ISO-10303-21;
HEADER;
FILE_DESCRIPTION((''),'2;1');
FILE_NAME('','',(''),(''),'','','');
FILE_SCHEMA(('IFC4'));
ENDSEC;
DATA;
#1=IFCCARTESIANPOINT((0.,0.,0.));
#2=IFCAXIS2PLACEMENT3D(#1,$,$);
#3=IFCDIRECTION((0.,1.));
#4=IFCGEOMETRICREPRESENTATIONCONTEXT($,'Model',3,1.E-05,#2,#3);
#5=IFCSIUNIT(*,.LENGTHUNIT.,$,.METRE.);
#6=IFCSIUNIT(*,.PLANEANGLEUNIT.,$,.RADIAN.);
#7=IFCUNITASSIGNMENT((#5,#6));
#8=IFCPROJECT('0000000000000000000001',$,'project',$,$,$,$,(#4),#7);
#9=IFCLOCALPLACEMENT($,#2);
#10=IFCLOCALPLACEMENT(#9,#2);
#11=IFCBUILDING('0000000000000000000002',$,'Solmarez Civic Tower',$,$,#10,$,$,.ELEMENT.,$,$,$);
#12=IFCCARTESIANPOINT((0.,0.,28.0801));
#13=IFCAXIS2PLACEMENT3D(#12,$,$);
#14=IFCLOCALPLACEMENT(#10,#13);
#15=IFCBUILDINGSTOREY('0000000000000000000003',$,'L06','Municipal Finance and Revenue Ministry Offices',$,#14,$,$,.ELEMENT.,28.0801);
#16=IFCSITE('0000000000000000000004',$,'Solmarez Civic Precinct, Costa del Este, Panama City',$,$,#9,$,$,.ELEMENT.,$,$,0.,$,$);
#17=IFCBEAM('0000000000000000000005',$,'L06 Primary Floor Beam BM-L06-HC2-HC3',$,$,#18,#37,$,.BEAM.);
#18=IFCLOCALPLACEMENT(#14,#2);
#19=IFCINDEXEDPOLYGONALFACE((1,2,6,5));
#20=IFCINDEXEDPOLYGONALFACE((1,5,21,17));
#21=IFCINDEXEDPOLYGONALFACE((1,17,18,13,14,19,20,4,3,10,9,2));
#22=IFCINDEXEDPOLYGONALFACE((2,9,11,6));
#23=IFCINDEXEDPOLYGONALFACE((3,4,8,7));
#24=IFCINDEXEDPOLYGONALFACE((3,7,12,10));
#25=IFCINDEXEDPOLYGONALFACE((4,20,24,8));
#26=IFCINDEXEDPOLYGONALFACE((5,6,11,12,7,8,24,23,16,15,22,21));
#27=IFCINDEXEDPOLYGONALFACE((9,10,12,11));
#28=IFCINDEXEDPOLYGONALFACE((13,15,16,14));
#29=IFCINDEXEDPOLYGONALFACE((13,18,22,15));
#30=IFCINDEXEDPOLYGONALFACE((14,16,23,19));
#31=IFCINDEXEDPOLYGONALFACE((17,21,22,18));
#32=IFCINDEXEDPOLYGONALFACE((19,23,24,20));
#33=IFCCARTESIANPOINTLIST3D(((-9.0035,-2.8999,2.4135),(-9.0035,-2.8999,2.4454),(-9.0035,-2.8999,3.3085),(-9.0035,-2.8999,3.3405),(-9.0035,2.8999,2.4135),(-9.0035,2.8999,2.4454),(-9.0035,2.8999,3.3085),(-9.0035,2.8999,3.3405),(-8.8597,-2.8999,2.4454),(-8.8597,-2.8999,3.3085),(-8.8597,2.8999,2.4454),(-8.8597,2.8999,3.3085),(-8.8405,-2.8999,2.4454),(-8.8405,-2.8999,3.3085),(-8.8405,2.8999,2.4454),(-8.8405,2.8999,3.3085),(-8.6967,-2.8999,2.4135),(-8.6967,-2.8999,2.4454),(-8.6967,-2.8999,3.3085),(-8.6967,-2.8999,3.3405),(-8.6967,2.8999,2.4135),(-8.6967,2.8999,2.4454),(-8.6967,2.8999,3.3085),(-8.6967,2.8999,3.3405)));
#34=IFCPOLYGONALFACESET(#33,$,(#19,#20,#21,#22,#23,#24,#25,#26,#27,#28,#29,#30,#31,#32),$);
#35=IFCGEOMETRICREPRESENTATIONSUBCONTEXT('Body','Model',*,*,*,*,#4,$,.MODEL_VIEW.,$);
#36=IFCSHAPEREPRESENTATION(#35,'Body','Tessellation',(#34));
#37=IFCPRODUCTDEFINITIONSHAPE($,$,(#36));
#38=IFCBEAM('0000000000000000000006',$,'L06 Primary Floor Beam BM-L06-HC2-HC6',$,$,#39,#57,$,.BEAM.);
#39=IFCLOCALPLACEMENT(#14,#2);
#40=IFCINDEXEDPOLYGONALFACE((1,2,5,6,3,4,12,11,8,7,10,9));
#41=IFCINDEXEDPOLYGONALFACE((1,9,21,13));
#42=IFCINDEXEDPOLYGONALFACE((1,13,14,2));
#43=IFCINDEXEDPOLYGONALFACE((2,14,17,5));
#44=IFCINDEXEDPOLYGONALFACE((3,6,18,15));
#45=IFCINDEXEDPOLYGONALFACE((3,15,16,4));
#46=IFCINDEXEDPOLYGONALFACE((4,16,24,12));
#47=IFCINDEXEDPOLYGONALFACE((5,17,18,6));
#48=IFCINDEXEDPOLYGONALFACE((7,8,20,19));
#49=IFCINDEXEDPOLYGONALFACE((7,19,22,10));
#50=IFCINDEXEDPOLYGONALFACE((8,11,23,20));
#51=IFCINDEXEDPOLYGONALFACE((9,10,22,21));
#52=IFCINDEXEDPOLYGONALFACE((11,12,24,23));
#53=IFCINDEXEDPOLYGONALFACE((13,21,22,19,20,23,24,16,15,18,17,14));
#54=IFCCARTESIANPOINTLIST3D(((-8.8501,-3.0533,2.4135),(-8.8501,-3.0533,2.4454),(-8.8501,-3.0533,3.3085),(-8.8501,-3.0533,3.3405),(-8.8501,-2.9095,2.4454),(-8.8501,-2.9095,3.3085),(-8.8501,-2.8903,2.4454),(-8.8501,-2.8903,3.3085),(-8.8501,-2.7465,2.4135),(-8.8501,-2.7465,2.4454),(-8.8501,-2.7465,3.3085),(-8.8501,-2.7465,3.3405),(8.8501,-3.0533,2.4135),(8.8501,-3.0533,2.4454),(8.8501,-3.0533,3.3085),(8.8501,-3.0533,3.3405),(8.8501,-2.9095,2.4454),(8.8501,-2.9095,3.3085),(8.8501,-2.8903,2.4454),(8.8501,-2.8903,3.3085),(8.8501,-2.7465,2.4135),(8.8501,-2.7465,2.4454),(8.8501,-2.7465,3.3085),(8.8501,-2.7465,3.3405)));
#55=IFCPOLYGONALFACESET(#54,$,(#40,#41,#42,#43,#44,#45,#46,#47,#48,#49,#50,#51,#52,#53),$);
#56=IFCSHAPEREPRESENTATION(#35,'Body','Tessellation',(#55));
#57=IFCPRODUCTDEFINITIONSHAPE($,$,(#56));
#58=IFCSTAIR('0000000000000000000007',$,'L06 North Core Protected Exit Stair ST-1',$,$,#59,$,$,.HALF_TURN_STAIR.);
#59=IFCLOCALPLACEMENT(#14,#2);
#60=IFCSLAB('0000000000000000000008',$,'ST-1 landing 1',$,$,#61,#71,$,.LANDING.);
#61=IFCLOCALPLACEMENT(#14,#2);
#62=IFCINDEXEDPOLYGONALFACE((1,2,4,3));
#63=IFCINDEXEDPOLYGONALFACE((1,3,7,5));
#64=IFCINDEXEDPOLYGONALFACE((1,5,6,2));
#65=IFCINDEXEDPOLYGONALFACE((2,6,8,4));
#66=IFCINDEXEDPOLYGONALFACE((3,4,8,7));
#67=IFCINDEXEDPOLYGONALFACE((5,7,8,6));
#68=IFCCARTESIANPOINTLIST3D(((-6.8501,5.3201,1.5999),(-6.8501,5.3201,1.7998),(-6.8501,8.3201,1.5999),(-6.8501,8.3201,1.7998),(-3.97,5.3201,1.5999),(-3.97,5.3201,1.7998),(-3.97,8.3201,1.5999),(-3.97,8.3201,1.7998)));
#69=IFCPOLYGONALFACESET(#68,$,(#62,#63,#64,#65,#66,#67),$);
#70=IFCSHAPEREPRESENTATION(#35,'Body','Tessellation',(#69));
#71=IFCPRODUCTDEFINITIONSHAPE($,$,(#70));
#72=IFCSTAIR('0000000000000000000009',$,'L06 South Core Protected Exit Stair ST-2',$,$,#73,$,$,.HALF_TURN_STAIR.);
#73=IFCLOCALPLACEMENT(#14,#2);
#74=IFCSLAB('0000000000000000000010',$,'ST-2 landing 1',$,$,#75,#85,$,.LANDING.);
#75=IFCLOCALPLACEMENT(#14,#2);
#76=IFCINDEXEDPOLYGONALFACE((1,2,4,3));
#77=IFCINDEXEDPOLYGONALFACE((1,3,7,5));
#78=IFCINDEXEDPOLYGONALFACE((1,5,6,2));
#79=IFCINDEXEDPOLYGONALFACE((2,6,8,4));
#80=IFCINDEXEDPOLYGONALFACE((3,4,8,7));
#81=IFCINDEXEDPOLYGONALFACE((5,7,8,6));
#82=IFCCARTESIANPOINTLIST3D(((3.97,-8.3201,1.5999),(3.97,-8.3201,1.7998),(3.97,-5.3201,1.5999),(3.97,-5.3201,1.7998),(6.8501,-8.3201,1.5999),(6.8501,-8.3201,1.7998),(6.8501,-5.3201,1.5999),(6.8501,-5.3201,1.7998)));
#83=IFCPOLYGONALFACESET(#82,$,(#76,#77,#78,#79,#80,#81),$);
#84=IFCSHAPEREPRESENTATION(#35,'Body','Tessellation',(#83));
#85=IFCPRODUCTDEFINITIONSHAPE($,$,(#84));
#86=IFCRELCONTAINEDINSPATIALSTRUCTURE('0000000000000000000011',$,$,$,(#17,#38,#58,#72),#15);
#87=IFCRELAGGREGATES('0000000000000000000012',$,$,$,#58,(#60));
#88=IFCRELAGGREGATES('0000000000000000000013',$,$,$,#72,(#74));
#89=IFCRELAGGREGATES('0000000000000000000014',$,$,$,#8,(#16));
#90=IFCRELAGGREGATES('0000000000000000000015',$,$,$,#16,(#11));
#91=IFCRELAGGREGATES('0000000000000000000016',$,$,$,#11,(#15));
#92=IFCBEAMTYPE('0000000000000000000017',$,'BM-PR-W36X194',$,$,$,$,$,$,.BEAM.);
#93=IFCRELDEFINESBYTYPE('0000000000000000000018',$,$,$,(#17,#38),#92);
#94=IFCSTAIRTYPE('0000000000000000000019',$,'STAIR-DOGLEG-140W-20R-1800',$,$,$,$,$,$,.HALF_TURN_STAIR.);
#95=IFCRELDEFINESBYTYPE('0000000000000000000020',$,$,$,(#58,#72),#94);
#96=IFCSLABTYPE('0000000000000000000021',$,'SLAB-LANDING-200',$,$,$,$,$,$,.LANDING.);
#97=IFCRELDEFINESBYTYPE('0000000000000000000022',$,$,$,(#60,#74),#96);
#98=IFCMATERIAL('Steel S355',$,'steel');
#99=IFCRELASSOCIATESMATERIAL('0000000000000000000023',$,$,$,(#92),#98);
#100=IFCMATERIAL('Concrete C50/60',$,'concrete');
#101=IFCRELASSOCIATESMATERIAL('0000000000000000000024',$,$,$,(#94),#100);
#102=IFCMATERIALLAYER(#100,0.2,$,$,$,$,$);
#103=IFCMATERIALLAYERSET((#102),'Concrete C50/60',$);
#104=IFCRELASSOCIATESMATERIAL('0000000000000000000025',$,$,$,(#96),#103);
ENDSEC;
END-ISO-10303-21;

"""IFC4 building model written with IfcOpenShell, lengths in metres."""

from ifc_helpers import new_model, si_unit, direction, frame, origin, origin_2d, place, context, subcontext, project, spatial, polyline, i_section, outline, extrude, material, layer, layer_set, material_profile, profile_set, type_object, element, aggregate, save


model = new_model("IFC4")

# Units and contexts
model_context = context("Model", 3, precision=1e-05, world=origin(), true_north=direction((0.0, 1.0)))
body_context = subcontext(model_context, "Body", "Model", "MODEL_VIEW")
ifc_project = project(units=[si_unit("LENGTHUNIT", "METRE"), si_unit("PLANEANGLEUNIT", "RADIAN")], contexts=[model_context])

# Site, building, storey
site_placement = place(None, origin())
site = spatial("IfcSite", under=ifc_project, at=site_placement, Name="Solmarez Civic Precinct, Costa del Este, Panama City", CompositionType="ELEMENT", RefElevation=0.0)
building_placement = place(site_placement, origin())
building = spatial("IfcBuilding", under=site, at=building_placement, Name="Solmarez Civic Tower", CompositionType="ELEMENT")
storey_placement = place(building_placement, frame((0.0, 0.0, 28.0801)))
storey = spatial("IfcBuildingStorey", under=building, at=storey_placement, Name="L06", Description="Municipal Finance and Revenue Ministry Offices", CompositionType="ELEMENT", Elevation=28.0801)

# Beams
ifc_material_1 = material(Name="Steel S355", Category="steel")
ifc_material_profile = material_profile(ifc_material_1, i_section(OverallWidth=0.3069, OverallDepth=0.927, WebThickness=0.0193, FlangeThickness=0.032, at=origin_2d()), Name="W36X194")
ifc_profile_set = profile_set([ifc_material_profile], Name="Steel S355")
beam_type = type_object("IfcBeamType", Name="BM-PR-W36X194", PredefinedType="BEAM", material=ifc_profile_set)
beam_1_placement = place(storey_placement, frame((-8.8501, -2.8999, 2.877), z_axis=(0.0, 1.0, 0.0), x_axis=(-1.0, 0.0, 0.0)))
element("IfcBeam", 1, at=beam_1_placement, inside=storey, type_object=beam_type, Name="L06 Primary Floor Beam BM-L06-HC2-HC3", PredefinedType="BEAM", context=body_context, shape_type="SweptSolid", body=[
    extrude(i_section(OverallWidth=0.3069, OverallDepth=0.927, WebThickness=0.0193, FlangeThickness=0.032, at=origin_2d()), origin(), (0.0, 0.0, 1.0), 5.7998),
])
beam_2_placement = place(storey_placement, frame((-8.8501, -2.8999, 2.877), z_axis=(1.0, 0.0, 0.0), x_axis=(0.0, 1.0, 0.0)))
element("IfcBeam", 2, at=beam_2_placement, inside=storey, type_object=beam_type, Name="L06 Primary Floor Beam BM-L06-HC2-HC6", PredefinedType="BEAM", context=body_context, shape_type="SweptSolid", body=[
    extrude(i_section(OverallWidth=0.3069, OverallDepth=0.927, WebThickness=0.0193, FlangeThickness=0.032, at=origin_2d()), origin(), (0.0, 0.0, 1.0), 17.7002),
])

# Stairs, slabs
ifc_material_2 = material(Name="Concrete C50/60", Category="concrete")
stair_type = type_object("IfcStairType", Name="STAIR-DOGLEG-140W-20R-1800", PredefinedType="HALF_TURN_STAIR", material=ifc_material_2)
stair_1_placement = place(storey_placement, origin())
stair_1 = element("IfcStair", 3, at=stair_1_placement, inside=storey, type_object=stair_type, Name="L06 North Core Protected Exit Stair ST-1", PredefinedType="HALF_TURN_STAIR")
ifc_layer_1 = layer(ifc_material_2, 0.2)
ifc_layer_set_1 = layer_set([ifc_layer_1], Name="Concrete C50/60")
slab_type_1 = type_object("IfcSlabType", Name="SLAB-LANDING-200", PredefinedType="LANDING", material=ifc_layer_set_1)
slab_1_placement = place(storey_placement, frame((0.0, 0.0, 1.5999)))
slab_1 = element("IfcSlab", 4, at=slab_1_placement, type_object=slab_type_1, Name="ST-1 landing 1", PredefinedType="LANDING", context=body_context, shape_type="SweptSolid", body=[
    extrude(outline(polyline([(-3.97, 8.3201), (-6.8501, 8.3201), (-6.8501, 5.3201), (-3.97, 5.3201), (-3.97, 8.3201)])), origin(), (0.0, 0.0, 1.0), 0.2),
])
aggregate(stair_1, [slab_1])
stair_2_placement = place(storey_placement, origin())
stair_2 = element("IfcStair", 5, at=stair_2_placement, inside=storey, type_object=stair_type, Name="L06 South Core Protected Exit Stair ST-2", PredefinedType="HALF_TURN_STAIR")
slab_2_placement = place(storey_placement, frame((0.0, 0.0, 1.5999)))
slab_2 = element("IfcSlab", 6, at=slab_2_placement, type_object=slab_type_1, Name="ST-2 landing 1", PredefinedType="LANDING", context=body_context, shape_type="SweptSolid", body=[
    extrude(outline(polyline([(3.97, -8.3201), (6.8501, -8.3201), (6.8501, -5.3201), (3.97, -5.3201), (3.97, -8.3201)])), origin(), (0.0, 0.0, 1.0), 0.2),
])
aggregate(stair_2, [slab_2])

save(model, "model.ifc")
